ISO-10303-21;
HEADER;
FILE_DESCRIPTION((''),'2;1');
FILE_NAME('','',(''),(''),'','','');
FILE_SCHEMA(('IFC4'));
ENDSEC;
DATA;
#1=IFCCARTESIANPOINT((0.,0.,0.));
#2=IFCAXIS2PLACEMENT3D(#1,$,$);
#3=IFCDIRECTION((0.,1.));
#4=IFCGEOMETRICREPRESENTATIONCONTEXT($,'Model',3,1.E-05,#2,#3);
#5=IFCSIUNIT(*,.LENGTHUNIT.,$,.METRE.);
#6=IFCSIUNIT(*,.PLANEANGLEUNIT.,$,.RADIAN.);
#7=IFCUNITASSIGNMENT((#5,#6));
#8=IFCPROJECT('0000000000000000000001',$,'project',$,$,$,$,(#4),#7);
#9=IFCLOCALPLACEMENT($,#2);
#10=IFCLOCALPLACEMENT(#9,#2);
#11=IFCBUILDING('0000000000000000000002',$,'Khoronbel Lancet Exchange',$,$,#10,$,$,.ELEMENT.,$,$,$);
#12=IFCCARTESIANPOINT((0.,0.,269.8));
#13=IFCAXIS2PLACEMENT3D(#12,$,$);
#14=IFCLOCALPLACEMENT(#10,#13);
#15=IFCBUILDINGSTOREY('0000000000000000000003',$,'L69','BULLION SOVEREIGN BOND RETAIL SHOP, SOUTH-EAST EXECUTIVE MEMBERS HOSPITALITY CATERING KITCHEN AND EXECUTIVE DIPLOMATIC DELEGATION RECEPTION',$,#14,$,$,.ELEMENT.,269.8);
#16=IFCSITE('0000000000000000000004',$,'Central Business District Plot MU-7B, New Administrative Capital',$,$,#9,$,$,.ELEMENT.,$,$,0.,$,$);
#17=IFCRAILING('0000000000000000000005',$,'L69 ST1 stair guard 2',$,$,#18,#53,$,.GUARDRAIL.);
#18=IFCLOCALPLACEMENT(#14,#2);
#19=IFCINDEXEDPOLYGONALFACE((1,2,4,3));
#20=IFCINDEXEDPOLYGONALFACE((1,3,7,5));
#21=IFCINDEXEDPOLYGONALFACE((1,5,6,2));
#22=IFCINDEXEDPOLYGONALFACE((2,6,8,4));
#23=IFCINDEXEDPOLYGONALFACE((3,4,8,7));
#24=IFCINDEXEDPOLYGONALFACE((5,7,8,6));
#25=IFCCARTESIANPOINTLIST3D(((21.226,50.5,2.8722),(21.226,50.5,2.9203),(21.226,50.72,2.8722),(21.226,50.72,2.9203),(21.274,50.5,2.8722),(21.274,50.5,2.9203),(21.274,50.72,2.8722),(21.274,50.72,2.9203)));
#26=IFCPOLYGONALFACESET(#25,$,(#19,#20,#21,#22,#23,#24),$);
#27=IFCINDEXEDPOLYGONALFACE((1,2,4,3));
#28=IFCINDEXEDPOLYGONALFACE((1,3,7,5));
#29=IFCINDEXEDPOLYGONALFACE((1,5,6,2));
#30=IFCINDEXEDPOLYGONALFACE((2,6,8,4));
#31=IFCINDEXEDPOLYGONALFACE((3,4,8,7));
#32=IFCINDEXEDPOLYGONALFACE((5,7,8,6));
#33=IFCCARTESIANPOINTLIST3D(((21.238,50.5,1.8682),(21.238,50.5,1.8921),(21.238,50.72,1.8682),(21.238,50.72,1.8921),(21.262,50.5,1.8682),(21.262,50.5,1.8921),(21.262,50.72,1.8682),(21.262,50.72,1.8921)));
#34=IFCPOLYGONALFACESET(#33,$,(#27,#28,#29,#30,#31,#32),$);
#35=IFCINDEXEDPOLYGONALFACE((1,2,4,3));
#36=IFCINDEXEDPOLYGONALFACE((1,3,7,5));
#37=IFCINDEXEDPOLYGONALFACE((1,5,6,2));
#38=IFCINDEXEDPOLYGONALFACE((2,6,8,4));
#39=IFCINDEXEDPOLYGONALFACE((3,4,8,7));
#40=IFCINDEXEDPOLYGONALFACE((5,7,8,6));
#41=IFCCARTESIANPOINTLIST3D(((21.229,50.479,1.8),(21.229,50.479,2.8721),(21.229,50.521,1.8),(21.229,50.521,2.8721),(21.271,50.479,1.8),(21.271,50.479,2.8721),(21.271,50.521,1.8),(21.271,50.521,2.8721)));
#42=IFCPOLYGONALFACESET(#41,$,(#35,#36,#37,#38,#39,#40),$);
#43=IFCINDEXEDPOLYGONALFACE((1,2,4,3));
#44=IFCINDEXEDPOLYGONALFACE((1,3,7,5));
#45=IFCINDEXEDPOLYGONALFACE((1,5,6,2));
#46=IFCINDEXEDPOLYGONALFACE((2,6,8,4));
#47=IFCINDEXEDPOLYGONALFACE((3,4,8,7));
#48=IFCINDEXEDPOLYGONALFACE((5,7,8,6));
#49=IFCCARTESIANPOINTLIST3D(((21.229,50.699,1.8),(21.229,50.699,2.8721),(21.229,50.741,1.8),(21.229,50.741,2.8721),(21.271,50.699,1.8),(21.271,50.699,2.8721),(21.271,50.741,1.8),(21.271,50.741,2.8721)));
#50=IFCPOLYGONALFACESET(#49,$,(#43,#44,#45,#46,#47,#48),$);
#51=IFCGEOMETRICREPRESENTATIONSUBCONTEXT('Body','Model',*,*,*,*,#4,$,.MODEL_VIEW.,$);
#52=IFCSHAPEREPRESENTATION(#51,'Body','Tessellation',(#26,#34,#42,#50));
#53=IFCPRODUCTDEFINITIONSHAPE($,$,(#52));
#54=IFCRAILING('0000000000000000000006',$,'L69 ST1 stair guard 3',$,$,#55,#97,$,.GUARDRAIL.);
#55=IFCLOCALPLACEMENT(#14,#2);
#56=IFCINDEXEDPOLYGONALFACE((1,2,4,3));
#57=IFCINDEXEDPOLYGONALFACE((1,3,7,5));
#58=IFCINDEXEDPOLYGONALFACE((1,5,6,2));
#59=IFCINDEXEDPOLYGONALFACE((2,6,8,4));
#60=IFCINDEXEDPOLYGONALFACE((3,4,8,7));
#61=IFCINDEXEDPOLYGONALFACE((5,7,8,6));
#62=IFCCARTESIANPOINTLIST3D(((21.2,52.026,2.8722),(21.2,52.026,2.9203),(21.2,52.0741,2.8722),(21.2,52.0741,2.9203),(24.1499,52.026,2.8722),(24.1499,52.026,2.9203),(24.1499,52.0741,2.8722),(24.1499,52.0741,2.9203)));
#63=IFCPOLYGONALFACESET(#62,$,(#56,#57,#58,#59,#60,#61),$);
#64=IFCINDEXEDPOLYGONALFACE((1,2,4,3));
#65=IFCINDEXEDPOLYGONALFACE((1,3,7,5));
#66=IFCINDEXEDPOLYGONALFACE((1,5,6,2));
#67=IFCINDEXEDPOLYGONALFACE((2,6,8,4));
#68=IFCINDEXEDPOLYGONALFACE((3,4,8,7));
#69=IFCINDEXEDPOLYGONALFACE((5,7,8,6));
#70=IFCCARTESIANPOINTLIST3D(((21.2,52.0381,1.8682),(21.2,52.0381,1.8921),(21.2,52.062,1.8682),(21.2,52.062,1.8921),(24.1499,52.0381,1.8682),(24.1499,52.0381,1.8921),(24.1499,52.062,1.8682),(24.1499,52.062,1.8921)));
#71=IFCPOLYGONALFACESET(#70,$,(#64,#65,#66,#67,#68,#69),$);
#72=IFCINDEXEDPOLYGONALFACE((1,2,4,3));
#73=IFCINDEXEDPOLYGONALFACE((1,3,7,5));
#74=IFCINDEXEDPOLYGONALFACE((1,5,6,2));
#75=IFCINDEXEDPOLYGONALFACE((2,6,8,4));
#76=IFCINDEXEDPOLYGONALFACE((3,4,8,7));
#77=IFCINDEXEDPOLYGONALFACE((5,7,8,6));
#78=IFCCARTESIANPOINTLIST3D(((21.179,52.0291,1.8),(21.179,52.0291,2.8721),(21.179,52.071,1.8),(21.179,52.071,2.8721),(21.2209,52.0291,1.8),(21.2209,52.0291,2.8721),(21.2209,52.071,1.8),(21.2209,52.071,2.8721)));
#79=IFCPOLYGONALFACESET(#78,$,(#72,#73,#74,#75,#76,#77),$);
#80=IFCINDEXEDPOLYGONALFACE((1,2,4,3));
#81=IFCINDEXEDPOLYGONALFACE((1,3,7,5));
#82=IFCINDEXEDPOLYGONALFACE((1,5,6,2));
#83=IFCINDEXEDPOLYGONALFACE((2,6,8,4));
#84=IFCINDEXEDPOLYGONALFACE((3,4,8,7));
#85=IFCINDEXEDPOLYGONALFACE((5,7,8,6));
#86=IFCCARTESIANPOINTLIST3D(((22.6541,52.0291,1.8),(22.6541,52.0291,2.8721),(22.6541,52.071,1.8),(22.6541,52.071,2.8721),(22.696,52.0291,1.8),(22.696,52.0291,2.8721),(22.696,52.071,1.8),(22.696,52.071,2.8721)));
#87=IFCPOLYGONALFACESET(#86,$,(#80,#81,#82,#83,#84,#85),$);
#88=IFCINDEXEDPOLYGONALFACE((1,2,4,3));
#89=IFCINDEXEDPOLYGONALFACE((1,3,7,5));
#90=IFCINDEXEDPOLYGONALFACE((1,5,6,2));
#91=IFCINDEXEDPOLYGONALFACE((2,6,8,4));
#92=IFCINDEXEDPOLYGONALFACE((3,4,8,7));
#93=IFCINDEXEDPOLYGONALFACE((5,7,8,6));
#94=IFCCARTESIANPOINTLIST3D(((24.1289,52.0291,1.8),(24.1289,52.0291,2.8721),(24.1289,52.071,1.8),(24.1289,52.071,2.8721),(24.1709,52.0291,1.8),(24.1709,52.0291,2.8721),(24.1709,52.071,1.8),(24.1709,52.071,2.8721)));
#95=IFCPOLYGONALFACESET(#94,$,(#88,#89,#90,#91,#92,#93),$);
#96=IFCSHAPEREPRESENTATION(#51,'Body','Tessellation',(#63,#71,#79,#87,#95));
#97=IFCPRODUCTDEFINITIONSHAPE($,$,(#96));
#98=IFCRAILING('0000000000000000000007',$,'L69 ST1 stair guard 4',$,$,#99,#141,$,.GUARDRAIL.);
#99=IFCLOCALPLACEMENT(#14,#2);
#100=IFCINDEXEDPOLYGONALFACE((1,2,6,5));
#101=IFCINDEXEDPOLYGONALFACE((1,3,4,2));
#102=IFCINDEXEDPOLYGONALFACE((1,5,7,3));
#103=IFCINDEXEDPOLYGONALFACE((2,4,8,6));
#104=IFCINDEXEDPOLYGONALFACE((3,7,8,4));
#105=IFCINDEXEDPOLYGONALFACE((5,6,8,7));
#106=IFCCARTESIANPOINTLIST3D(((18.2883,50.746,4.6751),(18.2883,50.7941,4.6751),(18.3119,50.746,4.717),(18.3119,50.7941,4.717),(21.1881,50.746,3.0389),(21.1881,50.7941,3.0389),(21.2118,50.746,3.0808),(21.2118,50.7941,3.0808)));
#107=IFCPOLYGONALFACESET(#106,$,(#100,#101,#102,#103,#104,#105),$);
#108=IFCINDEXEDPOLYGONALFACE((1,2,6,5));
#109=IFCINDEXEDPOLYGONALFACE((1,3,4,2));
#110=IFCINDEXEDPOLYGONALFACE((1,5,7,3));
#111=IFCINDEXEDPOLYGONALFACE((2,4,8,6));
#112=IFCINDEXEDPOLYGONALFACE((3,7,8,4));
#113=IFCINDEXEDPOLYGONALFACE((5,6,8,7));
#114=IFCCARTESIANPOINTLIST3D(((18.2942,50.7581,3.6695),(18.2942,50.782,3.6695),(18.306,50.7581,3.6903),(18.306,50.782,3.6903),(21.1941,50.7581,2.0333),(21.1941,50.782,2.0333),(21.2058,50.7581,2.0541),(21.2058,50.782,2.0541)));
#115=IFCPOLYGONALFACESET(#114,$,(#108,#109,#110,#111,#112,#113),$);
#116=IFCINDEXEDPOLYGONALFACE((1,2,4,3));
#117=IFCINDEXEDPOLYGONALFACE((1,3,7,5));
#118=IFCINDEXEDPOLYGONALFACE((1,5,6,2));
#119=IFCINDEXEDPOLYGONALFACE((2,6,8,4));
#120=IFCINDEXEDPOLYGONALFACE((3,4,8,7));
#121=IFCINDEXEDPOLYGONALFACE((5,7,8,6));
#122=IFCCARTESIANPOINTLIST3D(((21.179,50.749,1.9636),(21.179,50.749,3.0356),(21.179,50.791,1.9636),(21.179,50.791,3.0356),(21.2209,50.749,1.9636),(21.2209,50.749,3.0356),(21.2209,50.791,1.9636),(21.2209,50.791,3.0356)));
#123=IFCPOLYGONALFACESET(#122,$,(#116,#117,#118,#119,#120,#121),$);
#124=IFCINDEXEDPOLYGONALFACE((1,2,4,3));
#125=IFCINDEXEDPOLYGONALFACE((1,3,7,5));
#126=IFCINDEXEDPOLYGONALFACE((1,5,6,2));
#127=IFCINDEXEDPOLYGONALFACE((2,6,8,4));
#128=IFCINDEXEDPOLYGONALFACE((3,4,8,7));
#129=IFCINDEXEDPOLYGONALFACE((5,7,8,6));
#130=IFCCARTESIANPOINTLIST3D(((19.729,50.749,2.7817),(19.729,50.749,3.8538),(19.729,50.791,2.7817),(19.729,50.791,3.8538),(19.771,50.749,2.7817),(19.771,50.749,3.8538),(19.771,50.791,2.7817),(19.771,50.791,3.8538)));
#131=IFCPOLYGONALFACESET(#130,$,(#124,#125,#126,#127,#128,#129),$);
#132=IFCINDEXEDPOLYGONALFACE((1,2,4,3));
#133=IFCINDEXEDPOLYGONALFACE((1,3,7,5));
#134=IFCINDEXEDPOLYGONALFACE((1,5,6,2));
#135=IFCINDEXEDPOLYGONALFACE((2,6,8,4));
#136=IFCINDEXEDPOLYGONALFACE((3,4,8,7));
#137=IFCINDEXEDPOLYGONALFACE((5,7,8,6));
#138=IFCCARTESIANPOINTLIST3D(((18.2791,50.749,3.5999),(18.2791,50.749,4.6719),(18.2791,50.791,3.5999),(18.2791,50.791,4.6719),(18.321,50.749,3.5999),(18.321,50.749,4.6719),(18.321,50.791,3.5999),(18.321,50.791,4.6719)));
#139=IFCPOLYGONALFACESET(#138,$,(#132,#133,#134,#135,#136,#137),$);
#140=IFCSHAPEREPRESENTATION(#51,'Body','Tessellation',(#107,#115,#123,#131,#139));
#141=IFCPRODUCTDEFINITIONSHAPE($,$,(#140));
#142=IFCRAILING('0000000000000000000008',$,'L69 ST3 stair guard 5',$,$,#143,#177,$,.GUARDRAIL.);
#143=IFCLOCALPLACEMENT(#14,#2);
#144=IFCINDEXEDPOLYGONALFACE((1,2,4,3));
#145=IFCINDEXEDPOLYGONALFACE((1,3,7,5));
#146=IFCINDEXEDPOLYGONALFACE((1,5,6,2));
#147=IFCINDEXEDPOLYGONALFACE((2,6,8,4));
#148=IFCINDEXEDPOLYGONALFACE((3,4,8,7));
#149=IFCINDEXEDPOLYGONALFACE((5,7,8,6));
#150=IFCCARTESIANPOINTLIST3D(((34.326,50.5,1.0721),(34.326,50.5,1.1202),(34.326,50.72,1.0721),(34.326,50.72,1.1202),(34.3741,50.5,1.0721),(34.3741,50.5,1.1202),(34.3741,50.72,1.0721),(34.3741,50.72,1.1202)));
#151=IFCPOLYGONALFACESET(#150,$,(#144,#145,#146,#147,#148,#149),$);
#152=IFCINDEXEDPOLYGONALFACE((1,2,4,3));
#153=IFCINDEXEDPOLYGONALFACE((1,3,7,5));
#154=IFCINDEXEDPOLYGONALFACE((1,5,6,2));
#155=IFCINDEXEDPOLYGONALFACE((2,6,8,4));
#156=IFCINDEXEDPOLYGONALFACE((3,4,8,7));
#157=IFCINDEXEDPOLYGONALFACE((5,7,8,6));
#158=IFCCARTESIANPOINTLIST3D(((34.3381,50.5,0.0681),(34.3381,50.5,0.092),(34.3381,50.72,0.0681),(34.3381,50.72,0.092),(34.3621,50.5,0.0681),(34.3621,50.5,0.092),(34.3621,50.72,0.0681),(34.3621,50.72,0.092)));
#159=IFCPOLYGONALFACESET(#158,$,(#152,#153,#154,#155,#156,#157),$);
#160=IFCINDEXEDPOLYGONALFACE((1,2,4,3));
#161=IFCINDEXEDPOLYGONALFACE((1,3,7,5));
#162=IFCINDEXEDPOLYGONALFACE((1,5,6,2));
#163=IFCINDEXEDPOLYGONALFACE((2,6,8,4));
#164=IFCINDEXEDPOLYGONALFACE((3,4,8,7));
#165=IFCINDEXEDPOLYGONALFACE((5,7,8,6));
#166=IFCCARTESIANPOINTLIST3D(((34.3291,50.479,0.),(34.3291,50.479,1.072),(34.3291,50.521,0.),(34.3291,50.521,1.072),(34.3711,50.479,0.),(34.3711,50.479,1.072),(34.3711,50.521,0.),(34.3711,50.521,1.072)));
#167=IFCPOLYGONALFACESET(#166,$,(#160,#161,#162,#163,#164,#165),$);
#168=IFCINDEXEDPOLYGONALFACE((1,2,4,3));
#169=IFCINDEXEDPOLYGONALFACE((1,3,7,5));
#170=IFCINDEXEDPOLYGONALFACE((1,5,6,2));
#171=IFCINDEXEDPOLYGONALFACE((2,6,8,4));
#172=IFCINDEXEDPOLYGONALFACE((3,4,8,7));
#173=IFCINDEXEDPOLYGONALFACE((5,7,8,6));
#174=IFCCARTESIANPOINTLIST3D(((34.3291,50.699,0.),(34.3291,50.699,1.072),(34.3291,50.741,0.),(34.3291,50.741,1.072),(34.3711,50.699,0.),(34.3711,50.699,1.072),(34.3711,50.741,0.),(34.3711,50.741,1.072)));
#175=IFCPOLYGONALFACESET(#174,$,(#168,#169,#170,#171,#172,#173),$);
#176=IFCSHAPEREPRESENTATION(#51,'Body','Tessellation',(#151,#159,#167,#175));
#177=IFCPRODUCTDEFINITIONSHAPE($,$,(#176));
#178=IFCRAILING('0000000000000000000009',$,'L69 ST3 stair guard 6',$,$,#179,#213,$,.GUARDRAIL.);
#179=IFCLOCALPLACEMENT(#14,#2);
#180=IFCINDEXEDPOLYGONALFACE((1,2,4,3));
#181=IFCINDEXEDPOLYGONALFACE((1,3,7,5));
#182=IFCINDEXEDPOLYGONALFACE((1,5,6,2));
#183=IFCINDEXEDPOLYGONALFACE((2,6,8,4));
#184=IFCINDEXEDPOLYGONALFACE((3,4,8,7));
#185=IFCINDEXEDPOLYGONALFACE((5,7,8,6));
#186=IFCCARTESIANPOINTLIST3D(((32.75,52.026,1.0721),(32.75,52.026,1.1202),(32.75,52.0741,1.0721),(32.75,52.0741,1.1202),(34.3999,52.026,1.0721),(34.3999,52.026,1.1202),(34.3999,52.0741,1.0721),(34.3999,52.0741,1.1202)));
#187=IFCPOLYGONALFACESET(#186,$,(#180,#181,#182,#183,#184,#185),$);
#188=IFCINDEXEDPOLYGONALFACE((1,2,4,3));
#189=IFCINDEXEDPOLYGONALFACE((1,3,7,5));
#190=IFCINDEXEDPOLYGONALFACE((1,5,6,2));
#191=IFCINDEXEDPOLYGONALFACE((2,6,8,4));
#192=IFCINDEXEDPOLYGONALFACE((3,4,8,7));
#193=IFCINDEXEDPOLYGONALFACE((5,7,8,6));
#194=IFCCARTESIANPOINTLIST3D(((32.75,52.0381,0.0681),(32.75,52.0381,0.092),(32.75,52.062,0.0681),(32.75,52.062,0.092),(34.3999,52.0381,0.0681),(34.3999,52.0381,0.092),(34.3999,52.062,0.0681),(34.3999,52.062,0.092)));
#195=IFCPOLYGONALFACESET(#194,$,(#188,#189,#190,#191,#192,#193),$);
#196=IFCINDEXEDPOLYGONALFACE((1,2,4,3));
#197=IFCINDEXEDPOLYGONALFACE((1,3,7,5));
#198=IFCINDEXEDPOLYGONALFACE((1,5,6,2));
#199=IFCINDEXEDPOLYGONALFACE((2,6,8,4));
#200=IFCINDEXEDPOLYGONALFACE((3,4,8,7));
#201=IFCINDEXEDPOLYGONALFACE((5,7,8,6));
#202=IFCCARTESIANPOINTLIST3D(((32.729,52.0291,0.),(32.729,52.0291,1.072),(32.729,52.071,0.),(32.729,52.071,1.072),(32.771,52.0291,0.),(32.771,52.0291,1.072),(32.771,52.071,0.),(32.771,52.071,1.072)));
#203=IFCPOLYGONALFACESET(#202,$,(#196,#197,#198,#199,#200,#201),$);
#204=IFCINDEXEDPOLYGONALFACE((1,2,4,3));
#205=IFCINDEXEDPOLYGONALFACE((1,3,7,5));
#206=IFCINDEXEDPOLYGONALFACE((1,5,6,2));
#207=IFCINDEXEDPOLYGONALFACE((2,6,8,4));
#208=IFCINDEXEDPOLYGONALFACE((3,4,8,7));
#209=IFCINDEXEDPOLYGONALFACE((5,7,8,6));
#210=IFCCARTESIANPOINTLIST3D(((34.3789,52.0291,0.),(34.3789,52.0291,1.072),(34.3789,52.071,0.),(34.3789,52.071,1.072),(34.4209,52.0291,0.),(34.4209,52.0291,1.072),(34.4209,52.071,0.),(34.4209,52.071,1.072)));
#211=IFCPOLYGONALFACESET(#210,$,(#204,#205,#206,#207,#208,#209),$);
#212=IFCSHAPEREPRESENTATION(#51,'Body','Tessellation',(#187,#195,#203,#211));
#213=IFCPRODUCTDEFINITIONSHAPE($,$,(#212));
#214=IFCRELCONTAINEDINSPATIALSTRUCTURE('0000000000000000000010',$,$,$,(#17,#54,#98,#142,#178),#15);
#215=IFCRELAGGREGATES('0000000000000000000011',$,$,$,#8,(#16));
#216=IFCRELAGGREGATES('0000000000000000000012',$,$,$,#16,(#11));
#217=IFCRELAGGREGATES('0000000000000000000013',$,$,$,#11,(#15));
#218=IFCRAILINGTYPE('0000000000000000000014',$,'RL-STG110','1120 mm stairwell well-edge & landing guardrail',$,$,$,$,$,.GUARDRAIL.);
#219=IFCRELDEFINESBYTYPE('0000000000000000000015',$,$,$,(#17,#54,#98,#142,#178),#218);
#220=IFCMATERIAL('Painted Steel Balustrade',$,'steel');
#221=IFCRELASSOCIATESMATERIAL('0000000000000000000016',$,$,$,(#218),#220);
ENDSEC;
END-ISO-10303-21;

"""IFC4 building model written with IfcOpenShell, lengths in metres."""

from ifc_helpers import new_model, si_unit, direction, frame, origin, origin_2d, place, context, subcontext, project, spatial, rectangle, extrude, material, type_object, element, save


model = new_model("IFC4")

# Units and contexts
model_context = context("Model", 3, precision=1e-05, world=origin(), true_north=direction((0.0, 1.0)))
body_context = subcontext(model_context, "Body", "Model", "MODEL_VIEW")
ifc_project = project(units=[si_unit("LENGTHUNIT", "METRE"), si_unit("PLANEANGLEUNIT", "RADIAN")], contexts=[model_context])

# Site, building, storey
site_placement = place(None, origin())
site = spatial("IfcSite", under=ifc_project, at=site_placement, Name="Central Business District Plot MU-7B, New Administrative Capital", CompositionType="ELEMENT", RefElevation=0.0)
building_placement = place(site_placement, origin())
building = spatial("IfcBuilding", under=site, at=building_placement, Name="Khoronbel Lancet Exchange", CompositionType="ELEMENT")
storey_placement = place(building_placement, frame((0.0, 0.0, 269.8)))
storey = spatial("IfcBuildingStorey", under=building, at=storey_placement, Name="L69", Description="BULLION SOVEREIGN BOND RETAIL SHOP, SOUTH-EAST EXECUTIVE MEMBERS HOSPITALITY CATERING KITCHEN AND EXECUTIVE DIPLOMATIC DELEGATION RECEPTION", CompositionType="ELEMENT", Elevation=269.8)

# Railings
ifc_material_1 = material(Name="Painted Steel Balustrade", Category="steel")
railing_type_1 = type_object("IfcRailingType", Name="RL-STG110", Description="1120 mm stairwell well-edge & landing guardrail", PredefinedType="GUARDRAIL", material=ifc_material_1)
railing_1_placement = place(storey_placement, frame((21.25, 50.5, 1.8)))
element("IfcRailing", 1, at=railing_1_placement, inside=storey, type_object=railing_type_1, Name="L69 ST1 stair guard 2", PredefinedType="GUARDRAIL", context=body_context, shape_type="SweptSolid", body=[
    extrude(rectangle(XDim=0.0481, YDim=0.0481, at=origin_2d()), frame((0.0, 0.0, 1.0962), z_axis=(0.0, 1.0, 0.0), x_axis=(-1.0, 0.0, 0.0)), (0.0, 0.0, 1.0), 0.22),
    extrude(rectangle(XDim=0.0239, YDim=0.0239, at=origin_2d()), frame((0.0, 0.0, 0.0801), z_axis=(0.0, 1.0, 0.0), x_axis=(-1.0, 0.0, 0.0)), (0.0, 0.0, 1.0), 0.22),
    extrude(rectangle(XDim=0.042, YDim=0.042, at=origin_2d()), origin(), (0.0, 0.0, 1.0), 1.072),
    extrude(rectangle(XDim=0.042, YDim=0.042, at=origin_2d()), frame((0.0, 0.22, 0.0)), (0.0, 0.0, 1.0), 1.072),
])
railing_2_placement = place(storey_placement, frame((21.2, 52.05, 1.8)))
element("IfcRailing", 2, at=railing_2_placement, inside=storey, type_object=railing_type_1, Name="L69 ST1 stair guard 3", PredefinedType="GUARDRAIL", context=body_context, shape_type="SweptSolid", body=[
    extrude(rectangle(XDim=0.0481, YDim=0.0481, at=origin_2d()), frame((0.0, 0.0, 1.0962), z_axis=(1.0, 0.0, 0.0), x_axis=(0.0, 1.0, 0.0)), (0.0, 0.0, 1.0), 2.95),
    extrude(rectangle(XDim=0.0239, YDim=0.0239, at=origin_2d()), frame((0.0, 0.0, 0.0801), z_axis=(1.0, 0.0, 0.0), x_axis=(0.0, 1.0, 0.0)), (0.0, 0.0, 1.0), 2.95),
    extrude(rectangle(XDim=0.042, YDim=0.042, at=origin_2d()), origin(), (0.0, 0.0, 1.0), 1.072),
    extrude(rectangle(XDim=0.042, YDim=0.042, at=origin_2d()), frame((1.4751, 0.0, 0.0)), (0.0, 0.0, 1.0), 1.072),
    extrude(rectangle(XDim=0.042, YDim=0.042, at=origin_2d()), frame((2.95, 0.0, 0.0)), (0.0, 0.0, 1.0), 1.072),
])
railing_3_placement = place(storey_placement, frame((21.2, 50.77, 1.9636)))
element("IfcRailing", 3, at=railing_3_placement, inside=storey, type_object=railing_type_1, Name="L69 ST1 stair guard 4", PredefinedType="GUARDRAIL", context=body_context, shape_type="SweptSolid", body=[
    extrude(rectangle(XDim=0.0481, YDim=0.0481, at=origin_2d()), frame((0.0, 0.0, 1.0962), z_axis=(-0.870929, 0.0, 0.49141), x_axis=(0.0, -1.0, 0.0)), (0.0, 0.0, 1.0), 3.3296),
    extrude(rectangle(XDim=0.0239, YDim=0.0239, at=origin_2d()), frame((0.0, 0.0, 0.0801), z_axis=(-0.870929, 0.0, 0.49141), x_axis=(0.0, -1.0, 0.0)), (0.0, 0.0, 1.0), 3.3296),
    extrude(rectangle(XDim=0.042, YDim=0.042, at=origin_2d()), origin(), (0.0, 0.0, 1.0), 1.072),
    extrude(rectangle(XDim=0.042, YDim=0.042, at=origin_2d()), frame((-1.45, 0.0, 0.8181)), (0.0, 0.0, 1.0), 1.072),
    extrude(rectangle(XDim=0.042, YDim=0.042, at=origin_2d()), frame((-2.8999, 0.0, 1.6362)), (0.0, 0.0, 1.0), 1.072),
])
railing_4_placement = place(storey_placement, frame((34.3501, 50.5, 0.0)))
element("IfcRailing", 4, at=railing_4_placement, inside=storey, type_object=railing_type_1, Name="L69 ST3 stair guard 5", PredefinedType="GUARDRAIL", context=body_context, shape_type="SweptSolid", body=[
    extrude(rectangle(XDim=0.0481, YDim=0.0481, at=origin_2d()), frame((0.0, 0.0, 1.0962), z_axis=(0.0, 1.0, 0.0), x_axis=(-1.0, 0.0, 0.0)), (0.0, 0.0, 1.0), 0.22),
    extrude(rectangle(XDim=0.0239, YDim=0.0239, at=origin_2d()), frame((0.0, 0.0, 0.0801), z_axis=(0.0, 1.0, 0.0), x_axis=(-1.0, 0.0, 0.0)), (0.0, 0.0, 1.0), 0.22),
    extrude(rectangle(XDim=0.042, YDim=0.042, at=origin_2d()), origin(), (0.0, 0.0, 1.0), 1.072),
    extrude(rectangle(XDim=0.042, YDim=0.042, at=origin_2d()), frame((0.0, 0.22, 0.0)), (0.0, 0.0, 1.0), 1.072),
])
railing_5_placement = place(storey_placement, frame((32.75, 52.05, 0.0)))
element("IfcRailing", 5, at=railing_5_placement, inside=storey, type_object=railing_type_1, Name="L69 ST3 stair guard 6", PredefinedType="GUARDRAIL", context=body_context, shape_type="SweptSolid", body=[
    extrude(rectangle(XDim=0.0481, YDim=0.0481, at=origin_2d()), frame((0.0, 0.0, 1.0962), z_axis=(1.0, 0.0, 0.0), x_axis=(0.0, 1.0, 0.0)), (0.0, 0.0, 1.0), 1.6499),
    extrude(rectangle(XDim=0.0239, YDim=0.0239, at=origin_2d()), frame((0.0, 0.0, 0.0801), z_axis=(1.0, 0.0, 0.0), x_axis=(0.0, 1.0, 0.0)), (0.0, 0.0, 1.0), 1.6499),
    extrude(rectangle(XDim=0.042, YDim=0.042, at=origin_2d()), origin(), (0.0, 0.0, 1.0), 1.072),
    extrude(rectangle(XDim=0.042, YDim=0.042, at=origin_2d()), frame((1.6499, 0.0, 0.0)), (0.0, 0.0, 1.0), 1.072),
])

save(model, "model.ifc")
